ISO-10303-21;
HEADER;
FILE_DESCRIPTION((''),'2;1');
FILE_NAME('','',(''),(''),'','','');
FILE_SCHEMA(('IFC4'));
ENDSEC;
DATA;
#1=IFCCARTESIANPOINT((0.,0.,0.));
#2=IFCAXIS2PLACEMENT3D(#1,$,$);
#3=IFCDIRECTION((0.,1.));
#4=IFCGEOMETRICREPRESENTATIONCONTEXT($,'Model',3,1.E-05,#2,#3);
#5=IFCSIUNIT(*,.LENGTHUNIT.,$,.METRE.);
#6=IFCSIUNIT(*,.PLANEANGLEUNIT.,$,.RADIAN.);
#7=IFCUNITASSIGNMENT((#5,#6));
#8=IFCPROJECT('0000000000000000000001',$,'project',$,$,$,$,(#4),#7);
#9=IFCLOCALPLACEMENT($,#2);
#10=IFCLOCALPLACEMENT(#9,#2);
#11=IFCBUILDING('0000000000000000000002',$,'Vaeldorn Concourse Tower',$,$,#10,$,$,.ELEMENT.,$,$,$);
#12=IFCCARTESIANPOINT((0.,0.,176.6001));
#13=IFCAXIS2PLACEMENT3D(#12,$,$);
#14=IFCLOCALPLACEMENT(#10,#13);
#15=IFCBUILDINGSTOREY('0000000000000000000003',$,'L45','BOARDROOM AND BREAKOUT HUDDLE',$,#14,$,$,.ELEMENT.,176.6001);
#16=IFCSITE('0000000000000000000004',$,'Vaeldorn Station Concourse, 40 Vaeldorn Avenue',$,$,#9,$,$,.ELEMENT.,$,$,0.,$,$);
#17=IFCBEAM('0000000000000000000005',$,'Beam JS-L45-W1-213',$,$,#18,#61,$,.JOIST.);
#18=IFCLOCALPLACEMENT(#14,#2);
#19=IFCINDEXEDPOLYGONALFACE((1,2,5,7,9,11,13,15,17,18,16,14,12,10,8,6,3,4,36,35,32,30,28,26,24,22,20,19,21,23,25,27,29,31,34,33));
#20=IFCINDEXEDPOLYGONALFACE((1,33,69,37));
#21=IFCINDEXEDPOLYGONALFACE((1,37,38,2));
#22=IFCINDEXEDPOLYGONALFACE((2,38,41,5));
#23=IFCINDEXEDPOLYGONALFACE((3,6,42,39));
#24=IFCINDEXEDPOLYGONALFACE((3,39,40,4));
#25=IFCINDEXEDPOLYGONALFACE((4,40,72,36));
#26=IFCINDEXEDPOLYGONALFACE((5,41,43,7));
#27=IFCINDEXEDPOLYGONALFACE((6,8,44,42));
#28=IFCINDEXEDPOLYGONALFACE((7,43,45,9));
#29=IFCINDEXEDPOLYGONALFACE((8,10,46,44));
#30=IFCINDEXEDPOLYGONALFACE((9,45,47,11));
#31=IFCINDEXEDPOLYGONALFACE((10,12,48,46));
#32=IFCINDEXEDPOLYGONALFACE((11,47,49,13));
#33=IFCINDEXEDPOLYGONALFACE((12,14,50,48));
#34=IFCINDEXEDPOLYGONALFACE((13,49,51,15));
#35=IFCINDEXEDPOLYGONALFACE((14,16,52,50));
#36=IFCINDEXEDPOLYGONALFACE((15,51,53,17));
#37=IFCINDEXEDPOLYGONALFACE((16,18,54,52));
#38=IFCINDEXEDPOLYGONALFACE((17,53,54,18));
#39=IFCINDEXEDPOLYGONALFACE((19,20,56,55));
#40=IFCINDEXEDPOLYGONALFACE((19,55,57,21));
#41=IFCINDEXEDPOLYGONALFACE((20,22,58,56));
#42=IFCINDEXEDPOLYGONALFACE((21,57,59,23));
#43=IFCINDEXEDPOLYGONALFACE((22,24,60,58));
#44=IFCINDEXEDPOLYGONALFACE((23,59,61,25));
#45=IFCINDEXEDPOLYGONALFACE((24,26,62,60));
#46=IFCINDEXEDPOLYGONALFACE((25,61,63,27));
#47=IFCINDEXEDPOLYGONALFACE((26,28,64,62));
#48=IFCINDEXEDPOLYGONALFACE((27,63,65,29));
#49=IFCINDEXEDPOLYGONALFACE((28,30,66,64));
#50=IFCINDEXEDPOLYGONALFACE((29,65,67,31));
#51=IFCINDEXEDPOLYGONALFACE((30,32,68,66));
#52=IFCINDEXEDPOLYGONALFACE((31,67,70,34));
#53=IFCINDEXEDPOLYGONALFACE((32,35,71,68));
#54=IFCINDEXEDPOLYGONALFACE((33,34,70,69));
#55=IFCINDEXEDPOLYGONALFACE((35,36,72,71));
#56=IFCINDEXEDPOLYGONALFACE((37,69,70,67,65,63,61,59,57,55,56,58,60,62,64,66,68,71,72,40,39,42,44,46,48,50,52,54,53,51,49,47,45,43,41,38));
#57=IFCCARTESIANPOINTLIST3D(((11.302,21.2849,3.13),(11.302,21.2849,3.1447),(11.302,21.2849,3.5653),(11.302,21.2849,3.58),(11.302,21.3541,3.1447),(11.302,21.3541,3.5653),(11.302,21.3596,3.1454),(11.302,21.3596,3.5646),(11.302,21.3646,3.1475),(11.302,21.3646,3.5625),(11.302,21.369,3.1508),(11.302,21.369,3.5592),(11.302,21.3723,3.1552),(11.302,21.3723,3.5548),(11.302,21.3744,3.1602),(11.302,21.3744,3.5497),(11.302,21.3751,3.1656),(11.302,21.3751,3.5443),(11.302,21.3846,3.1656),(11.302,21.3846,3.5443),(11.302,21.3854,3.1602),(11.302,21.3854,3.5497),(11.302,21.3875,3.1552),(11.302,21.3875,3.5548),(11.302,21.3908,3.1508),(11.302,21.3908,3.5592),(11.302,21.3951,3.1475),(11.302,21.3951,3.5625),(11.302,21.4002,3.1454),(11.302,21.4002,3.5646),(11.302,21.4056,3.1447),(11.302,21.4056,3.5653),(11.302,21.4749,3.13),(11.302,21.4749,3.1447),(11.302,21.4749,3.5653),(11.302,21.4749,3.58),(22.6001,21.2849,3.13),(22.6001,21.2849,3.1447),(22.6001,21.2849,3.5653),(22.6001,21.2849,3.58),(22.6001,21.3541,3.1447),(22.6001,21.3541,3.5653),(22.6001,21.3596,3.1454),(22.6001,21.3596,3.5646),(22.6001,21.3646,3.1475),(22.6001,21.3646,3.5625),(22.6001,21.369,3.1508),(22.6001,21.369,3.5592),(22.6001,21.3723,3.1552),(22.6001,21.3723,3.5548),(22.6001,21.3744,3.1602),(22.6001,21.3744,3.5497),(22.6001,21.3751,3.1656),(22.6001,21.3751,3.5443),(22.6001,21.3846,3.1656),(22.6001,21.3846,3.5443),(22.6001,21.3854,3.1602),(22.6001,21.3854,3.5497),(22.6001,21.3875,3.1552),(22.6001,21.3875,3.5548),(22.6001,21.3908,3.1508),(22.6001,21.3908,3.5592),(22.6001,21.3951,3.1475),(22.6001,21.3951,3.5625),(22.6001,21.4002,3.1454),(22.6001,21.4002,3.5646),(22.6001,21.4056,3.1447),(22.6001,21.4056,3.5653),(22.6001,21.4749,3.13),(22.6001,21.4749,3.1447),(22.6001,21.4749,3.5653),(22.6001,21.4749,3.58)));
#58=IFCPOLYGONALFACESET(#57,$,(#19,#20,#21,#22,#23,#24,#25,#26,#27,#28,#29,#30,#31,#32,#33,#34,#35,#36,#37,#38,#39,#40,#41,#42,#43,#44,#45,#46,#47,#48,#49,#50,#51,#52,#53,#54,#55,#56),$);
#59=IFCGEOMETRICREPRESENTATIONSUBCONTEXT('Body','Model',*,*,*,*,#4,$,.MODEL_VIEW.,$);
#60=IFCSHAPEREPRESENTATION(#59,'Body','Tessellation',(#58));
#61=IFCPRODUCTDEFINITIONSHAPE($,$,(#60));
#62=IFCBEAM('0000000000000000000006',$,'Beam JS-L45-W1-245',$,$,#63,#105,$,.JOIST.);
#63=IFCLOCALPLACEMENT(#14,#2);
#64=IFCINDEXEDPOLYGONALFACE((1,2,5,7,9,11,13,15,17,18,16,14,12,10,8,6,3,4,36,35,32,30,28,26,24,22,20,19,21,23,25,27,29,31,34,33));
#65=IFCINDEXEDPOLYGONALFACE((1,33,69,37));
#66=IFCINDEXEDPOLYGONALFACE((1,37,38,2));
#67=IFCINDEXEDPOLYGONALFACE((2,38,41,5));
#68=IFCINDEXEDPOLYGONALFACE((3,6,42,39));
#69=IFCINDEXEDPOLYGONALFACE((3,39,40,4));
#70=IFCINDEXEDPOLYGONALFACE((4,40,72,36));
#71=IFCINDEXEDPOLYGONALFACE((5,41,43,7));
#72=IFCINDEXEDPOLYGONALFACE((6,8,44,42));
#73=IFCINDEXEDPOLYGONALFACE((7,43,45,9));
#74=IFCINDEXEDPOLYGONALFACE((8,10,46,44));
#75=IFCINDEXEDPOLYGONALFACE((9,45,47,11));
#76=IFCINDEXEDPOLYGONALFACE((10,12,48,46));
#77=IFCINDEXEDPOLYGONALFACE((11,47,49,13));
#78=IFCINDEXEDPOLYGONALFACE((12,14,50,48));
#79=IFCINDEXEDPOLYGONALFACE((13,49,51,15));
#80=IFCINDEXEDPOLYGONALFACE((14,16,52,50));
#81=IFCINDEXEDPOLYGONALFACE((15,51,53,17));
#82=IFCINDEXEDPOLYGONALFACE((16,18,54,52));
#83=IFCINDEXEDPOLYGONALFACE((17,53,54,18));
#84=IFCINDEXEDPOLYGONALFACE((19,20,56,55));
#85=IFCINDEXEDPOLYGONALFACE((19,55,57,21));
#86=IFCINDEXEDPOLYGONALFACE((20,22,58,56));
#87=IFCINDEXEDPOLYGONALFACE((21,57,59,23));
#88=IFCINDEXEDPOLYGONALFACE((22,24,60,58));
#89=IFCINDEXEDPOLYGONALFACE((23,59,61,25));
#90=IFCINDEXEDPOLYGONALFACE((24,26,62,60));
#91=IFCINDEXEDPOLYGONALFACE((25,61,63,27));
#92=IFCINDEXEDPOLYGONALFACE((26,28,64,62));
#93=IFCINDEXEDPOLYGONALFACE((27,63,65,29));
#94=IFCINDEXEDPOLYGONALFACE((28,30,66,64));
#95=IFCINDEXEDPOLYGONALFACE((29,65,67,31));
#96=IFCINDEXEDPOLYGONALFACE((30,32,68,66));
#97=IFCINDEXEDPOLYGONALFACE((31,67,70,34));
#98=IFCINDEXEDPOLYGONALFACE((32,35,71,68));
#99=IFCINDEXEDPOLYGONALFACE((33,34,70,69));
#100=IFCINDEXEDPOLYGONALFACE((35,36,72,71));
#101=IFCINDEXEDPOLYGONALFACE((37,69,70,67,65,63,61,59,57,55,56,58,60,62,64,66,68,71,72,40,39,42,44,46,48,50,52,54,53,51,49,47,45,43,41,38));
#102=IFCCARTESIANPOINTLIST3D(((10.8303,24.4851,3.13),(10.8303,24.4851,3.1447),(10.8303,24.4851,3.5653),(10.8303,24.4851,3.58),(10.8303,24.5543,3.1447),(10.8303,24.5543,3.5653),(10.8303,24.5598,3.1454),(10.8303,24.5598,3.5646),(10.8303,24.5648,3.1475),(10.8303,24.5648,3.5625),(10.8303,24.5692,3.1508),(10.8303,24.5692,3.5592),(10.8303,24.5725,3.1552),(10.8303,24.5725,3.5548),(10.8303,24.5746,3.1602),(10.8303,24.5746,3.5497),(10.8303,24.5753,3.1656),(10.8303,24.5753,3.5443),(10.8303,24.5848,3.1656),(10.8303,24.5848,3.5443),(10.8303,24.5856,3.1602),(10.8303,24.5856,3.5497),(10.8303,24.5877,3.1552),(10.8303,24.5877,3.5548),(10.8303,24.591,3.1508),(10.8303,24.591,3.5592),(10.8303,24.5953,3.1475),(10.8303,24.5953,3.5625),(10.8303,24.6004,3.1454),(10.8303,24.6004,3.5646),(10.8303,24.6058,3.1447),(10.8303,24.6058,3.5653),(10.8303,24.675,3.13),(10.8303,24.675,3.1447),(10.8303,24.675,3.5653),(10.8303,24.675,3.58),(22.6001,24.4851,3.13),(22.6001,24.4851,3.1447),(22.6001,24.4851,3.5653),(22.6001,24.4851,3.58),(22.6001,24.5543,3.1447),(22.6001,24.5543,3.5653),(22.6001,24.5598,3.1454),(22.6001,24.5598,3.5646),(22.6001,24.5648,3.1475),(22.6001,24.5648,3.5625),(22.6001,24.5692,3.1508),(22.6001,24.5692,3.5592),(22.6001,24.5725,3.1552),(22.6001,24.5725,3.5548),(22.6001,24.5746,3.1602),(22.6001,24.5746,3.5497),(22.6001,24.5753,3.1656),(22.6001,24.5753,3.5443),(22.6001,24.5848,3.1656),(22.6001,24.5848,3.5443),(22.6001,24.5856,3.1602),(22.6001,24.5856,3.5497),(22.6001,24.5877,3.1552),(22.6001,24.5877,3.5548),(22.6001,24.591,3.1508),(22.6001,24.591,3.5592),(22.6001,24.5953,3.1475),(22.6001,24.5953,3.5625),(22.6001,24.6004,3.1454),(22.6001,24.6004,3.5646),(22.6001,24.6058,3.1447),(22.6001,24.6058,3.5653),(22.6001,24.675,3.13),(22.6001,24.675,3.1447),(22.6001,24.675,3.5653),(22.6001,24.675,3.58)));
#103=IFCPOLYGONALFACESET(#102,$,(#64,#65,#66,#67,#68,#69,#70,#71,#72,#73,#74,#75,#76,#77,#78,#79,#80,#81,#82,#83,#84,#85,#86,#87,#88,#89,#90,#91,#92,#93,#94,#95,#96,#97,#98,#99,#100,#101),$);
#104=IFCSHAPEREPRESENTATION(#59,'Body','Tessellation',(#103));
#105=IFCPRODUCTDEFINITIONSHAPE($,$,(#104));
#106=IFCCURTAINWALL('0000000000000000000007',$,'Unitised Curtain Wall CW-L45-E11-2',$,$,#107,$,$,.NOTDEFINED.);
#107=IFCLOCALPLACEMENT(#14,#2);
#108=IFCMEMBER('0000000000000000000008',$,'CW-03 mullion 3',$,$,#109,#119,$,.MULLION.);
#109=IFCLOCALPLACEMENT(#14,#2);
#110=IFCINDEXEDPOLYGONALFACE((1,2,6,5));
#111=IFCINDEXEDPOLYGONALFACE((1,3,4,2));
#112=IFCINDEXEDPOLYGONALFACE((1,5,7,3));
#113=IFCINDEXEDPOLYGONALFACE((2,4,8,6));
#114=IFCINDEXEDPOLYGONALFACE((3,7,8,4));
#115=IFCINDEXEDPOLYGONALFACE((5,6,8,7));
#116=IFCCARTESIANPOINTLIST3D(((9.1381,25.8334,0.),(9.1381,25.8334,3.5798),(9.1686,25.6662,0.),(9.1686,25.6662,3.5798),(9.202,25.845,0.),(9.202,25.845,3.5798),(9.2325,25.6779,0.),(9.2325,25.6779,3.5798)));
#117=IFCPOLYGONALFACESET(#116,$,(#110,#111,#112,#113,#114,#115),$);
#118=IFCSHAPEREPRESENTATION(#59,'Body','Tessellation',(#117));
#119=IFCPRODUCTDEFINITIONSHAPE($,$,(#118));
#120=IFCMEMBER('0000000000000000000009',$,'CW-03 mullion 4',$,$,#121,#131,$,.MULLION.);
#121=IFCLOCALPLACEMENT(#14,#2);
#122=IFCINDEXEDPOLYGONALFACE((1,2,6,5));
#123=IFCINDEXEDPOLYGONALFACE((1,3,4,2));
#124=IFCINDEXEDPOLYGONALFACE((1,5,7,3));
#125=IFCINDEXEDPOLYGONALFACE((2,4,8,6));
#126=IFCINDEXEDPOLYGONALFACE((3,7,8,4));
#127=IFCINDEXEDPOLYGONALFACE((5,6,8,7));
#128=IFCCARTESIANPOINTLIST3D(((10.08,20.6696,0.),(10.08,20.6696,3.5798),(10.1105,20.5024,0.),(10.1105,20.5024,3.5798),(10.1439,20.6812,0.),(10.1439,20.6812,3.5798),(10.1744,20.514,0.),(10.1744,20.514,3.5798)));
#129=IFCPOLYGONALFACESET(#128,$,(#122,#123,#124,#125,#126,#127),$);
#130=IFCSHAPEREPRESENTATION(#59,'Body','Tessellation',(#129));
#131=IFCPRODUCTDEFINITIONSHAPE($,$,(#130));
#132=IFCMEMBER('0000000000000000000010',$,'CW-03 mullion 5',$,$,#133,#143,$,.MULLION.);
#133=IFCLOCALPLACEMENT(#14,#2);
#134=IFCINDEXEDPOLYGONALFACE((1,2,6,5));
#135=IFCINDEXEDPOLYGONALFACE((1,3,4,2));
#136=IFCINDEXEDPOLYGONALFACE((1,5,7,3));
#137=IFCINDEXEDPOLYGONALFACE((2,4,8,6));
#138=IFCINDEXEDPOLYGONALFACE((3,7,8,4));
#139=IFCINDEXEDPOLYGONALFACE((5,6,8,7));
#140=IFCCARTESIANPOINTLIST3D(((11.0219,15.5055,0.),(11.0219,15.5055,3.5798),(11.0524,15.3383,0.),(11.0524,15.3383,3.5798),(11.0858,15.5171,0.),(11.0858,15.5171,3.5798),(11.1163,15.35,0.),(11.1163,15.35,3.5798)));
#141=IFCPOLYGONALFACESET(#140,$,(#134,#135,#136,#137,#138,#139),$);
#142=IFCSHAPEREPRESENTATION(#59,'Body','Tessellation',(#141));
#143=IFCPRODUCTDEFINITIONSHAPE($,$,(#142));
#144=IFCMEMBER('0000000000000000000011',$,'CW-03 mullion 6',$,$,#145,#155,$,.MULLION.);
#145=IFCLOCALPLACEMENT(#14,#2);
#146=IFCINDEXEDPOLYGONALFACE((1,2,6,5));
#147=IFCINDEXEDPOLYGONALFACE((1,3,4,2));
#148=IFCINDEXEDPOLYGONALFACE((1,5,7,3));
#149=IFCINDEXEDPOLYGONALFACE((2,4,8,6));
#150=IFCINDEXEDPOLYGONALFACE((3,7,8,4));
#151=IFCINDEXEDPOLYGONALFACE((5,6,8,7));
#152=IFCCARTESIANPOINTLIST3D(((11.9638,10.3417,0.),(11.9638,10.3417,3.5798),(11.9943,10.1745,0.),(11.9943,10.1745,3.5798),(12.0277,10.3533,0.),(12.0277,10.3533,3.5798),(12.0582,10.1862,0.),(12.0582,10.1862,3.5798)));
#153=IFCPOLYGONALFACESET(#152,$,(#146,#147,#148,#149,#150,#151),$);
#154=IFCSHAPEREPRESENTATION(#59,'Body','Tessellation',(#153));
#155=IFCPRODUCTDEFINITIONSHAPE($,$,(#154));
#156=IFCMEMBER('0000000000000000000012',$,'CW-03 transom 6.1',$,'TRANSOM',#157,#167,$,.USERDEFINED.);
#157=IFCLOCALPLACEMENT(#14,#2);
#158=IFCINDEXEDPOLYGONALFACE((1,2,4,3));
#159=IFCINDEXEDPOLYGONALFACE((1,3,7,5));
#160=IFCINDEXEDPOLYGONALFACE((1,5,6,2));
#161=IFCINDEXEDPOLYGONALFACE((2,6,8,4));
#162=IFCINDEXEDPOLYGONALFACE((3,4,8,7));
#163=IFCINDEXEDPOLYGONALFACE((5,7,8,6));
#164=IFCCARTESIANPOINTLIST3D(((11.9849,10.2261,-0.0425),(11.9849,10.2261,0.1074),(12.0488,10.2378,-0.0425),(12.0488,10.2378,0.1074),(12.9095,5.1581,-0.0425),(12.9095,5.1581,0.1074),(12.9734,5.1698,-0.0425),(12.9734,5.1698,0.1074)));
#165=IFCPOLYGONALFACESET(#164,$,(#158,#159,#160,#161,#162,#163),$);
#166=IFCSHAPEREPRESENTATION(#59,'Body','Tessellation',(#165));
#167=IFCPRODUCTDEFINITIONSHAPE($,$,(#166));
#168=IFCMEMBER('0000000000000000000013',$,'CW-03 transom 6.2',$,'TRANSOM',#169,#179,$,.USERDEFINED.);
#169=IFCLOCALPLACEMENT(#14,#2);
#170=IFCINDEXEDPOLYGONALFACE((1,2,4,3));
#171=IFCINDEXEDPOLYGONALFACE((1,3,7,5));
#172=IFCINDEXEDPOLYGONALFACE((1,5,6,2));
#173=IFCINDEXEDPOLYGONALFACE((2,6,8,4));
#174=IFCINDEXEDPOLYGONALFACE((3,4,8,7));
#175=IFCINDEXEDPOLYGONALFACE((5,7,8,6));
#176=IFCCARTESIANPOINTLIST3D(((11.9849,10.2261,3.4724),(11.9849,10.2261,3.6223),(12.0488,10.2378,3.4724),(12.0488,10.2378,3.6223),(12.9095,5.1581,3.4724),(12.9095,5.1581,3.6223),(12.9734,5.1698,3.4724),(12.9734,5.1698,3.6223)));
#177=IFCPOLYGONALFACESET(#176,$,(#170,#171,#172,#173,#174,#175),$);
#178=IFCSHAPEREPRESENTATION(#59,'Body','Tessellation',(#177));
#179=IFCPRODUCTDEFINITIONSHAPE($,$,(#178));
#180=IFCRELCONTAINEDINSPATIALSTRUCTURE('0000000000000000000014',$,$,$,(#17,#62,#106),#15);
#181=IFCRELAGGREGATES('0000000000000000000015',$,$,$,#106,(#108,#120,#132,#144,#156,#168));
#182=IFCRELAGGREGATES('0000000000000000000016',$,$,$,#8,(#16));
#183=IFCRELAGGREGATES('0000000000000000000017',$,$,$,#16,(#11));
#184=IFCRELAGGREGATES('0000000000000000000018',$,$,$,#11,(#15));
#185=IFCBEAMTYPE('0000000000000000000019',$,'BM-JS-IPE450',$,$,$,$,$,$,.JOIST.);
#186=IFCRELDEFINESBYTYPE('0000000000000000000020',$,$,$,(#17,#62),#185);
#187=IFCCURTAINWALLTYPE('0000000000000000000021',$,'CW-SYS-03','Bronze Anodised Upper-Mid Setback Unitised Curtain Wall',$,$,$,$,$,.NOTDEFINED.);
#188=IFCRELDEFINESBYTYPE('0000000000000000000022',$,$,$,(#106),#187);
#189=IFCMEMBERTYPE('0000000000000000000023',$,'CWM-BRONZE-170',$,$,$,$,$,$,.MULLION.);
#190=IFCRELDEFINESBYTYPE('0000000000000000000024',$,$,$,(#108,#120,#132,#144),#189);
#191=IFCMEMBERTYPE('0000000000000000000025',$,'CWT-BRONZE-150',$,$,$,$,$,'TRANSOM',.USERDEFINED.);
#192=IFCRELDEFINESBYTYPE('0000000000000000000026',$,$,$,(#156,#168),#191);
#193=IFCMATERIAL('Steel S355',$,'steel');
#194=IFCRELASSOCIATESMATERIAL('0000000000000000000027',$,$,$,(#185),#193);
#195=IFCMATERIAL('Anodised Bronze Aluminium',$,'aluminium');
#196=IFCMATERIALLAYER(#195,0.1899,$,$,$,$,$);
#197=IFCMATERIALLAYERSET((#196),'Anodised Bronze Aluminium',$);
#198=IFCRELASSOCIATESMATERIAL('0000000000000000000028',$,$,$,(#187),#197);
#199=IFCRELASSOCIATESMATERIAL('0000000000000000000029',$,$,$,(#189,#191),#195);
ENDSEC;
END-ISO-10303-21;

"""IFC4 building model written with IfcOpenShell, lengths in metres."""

from ifc_helpers import new_model, si_unit, direction, frame, origin, origin_2d, place, context, subcontext, project, spatial, rectangle, i_section, extrude, source, transform, mapped, material, layer, layer_set, material_profile, profile_set, type_object, element, aggregate, save


model = new_model("IFC4")

# Units and contexts
model_context = context("Model", 3, precision=1e-05, world=origin(), true_north=direction((0.0, 1.0)))
body_context = subcontext(model_context, "Body", "Model", "MODEL_VIEW")
ifc_project = project(units=[si_unit("LENGTHUNIT", "METRE"), si_unit("PLANEANGLEUNIT", "RADIAN")], contexts=[model_context])

# Site, building, storey
site_placement = place(None, origin())
site = spatial("IfcSite", under=ifc_project, at=site_placement, Name="Vaeldorn Station Concourse, 40 Vaeldorn Avenue", CompositionType="ELEMENT", RefElevation=0.0)
building_placement = place(site_placement, origin())
building = spatial("IfcBuilding", under=site, at=building_placement, Name="Vaeldorn Concourse Tower", CompositionType="ELEMENT")
storey_placement = place(building_placement, frame((0.0, 0.0, 176.6001)))
storey = spatial("IfcBuildingStorey", under=building, at=storey_placement, Name="L45", Description="BOARDROOM AND BREAKOUT HUDDLE", CompositionType="ELEMENT", Elevation=176.6001)

# Shared definitions
ifc_material_1 = material(Name="Steel S355", Category="steel")

# Beams
ifc_material_profile_1 = material_profile(ifc_material_1, i_section(OverallWidth=0.1899, OverallDepth=0.45, WebThickness=0.0095, FlangeThickness=0.0146, FilletRadius=0.021, at=origin_2d()), Name="IPE 450")
ifc_profile_set_1 = profile_set([ifc_material_profile_1], Name="Steel S355")
beam_type_1 = type_object("IfcBeamType", Name="BM-JS-IPE450", PredefinedType="JOIST", material=ifc_profile_set_1)
shared_shape_1 = source(origin(), body_context, "Body", "SweptSolid", [
    extrude(i_section(OverallWidth=0.1899, OverallDepth=0.45, WebThickness=0.0095, FlangeThickness=0.0146, FilletRadius=0.021, at=origin_2d()), origin(), (0.0, 0.0, 1.0), 11.2981),
])
beam_1_placement = place(storey_placement, frame((11.302, 21.3799, 3.355), z_axis=(1.0, 0.0, 0.0), x_axis=(0.0, 1.0, 0.0)))
element("IfcBeam", 1, at=beam_1_placement, inside=storey, type_object=beam_type_1, Name="Beam JS-L45-W1-213", PredefinedType="JOIST", context=body_context, shape_type="MappedRepresentation", body=[
    mapped(shared_shape_1, transform((0.0, 0.0, 0.0), scale=1.0)),
])
shared_shape_2 = source(origin(), body_context, "Body", "SweptSolid", [
    extrude(i_section(OverallWidth=0.1899, OverallDepth=0.45, WebThickness=0.0095, FlangeThickness=0.0146, FilletRadius=0.021, at=origin_2d()), origin(), (0.0, 0.0, 1.0), 11.7698),
])
beam_2_placement = place(storey_placement, frame((10.8303, 24.5801, 3.355), z_axis=(1.0, 0.0, 0.0), x_axis=(0.0, 1.0, 0.0)))
element("IfcBeam", 2, at=beam_2_placement, inside=storey, type_object=beam_type_1, Name="Beam JS-L45-W1-245", PredefinedType="JOIST", context=body_context, shape_type="MappedRepresentation", body=[
    mapped(shared_shape_2, transform((0.0, 0.0, 0.0), scale=1.0)),
])

# Curtain wall, members
ifc_material_2 = material(Name="Anodised Bronze Aluminium", Category="aluminium")
ifc_layer_1 = layer(ifc_material_2, 0.1899)
ifc_layer_set_1 = layer_set([ifc_layer_1], Name="Anodised Bronze Aluminium")
curtain_wall_type = type_object("IfcCurtainWallType", Name="CW-SYS-03", Description="Bronze Anodised Upper-Mid Setback Unitised Curtain Wall", PredefinedType="NOTDEFINED", material=ifc_layer_set_1)
curtain_wall_placement = place(storey_placement, origin())
curtain_wall = element("IfcCurtainWall", 3, at=curtain_wall_placement, inside=storey, type_object=curtain_wall_type, Name="Unitised Curtain Wall CW-L45-E11-2", PredefinedType="NOTDEFINED")
ifc_material_profile_2 = material_profile(ifc_material_2, rectangle(XDim=0.0649, YDim=0.1699, at=origin_2d()), Name="CWM 65x170")
ifc_profile_set_2 = profile_set([ifc_material_profile_2], Name="Anodised Bronze Aluminium")
member_type_1 = type_object("IfcMemberType", Name="CWM-BRONZE-170", PredefinedType="MULLION", material=ifc_profile_set_2)
shared_shape_3 = source(origin(), body_context, "Body", "SweptSolid", [
    extrude(rectangle(XDim=0.0649, YDim=0.1699, at=origin_2d()), origin(), (0.0, 0.0, 1.0), 3.5798),
])
member_1_placement = place(storey_placement, frame((9.1853, 25.7556, 0.0), z_axis=(0.0, 0.0, 1.0), x_axis=(0.983768, 0.179446, 0.0)))
member_1 = element("IfcMember", 4, at=member_1_placement, type_object=member_type_1, Name="CW-03 mullion 3", PredefinedType="MULLION", context=body_context, shape_type="MappedRepresentation", body=[
    mapped(shared_shape_3, transform((0.0, 0.0, 0.0), scale=1.0)),
])
member_2_placement = place(storey_placement, frame((10.1272, 20.5918, 0.0), z_axis=(0.0, 0.0, 1.0), x_axis=(0.983768, 0.179446, 0.0)))
member_2 = element("IfcMember", 5, at=member_2_placement, type_object=member_type_1, Name="CW-03 mullion 4", PredefinedType="MULLION", context=body_context, shape_type="MappedRepresentation", body=[
    mapped(shared_shape_3, transform((0.0, 0.0, 0.0), scale=1.0)),
])
member_3_placement = place(storey_placement, frame((11.0691, 15.4277, 0.0), z_axis=(0.0, 0.0, 1.0), x_axis=(0.983768, 0.179446, 0.0)))
member_3 = element("IfcMember", 6, at=member_3_placement, type_object=member_type_1, Name="CW-03 mullion 5", PredefinedType="MULLION", context=body_context, shape_type="MappedRepresentation", body=[
    mapped(shared_shape_3, transform((0.0, 0.0, 0.0), scale=1.0)),
])
member_4_placement = place(storey_placement, frame((12.011, 10.2639, 0.0), z_axis=(0.0, 0.0, 1.0), x_axis=(0.983768, 0.179446, 0.0)))
member_4 = element("IfcMember", 7, at=member_4_placement, type_object=member_type_1, Name="CW-03 mullion 6", PredefinedType="MULLION", context=body_context, shape_type="MappedRepresentation", body=[
    mapped(shared_shape_3, transform((0.0, 0.0, 0.0), scale=1.0)),
])
ifc_material_profile_3 = material_profile(ifc_material_2, rectangle(XDim=0.0649, YDim=0.1499, at=origin_2d()), Name="CWT 65x150")
ifc_profile_set_3 = profile_set([ifc_material_profile_3], Name="Anodised Bronze Aluminium")
member_type_2 = type_object("IfcMemberType", Name="CWT-BRONZE-150", ElementType="TRANSOM", PredefinedType="USERDEFINED", material=ifc_profile_set_3)
shared_shape_4 = source(origin(), body_context, "Body", "SweptSolid", [
    extrude(rectangle(XDim=0.0649, YDim=0.1499, at=origin_2d()), origin(), (0.0, 0.0, 1.0), 5.1516),
])
member_5_placement = place(storey_placement, frame((12.0168, 10.2319, 0.0325), z_axis=(0.179473, -0.983763, 0.0), x_axis=(0.983763, 0.179473, 0.0)))
member_5 = element("IfcMember", 8, at=member_5_placement, type_object=member_type_2, Name="CW-03 transom 6.1", ObjectType="TRANSOM", PredefinedType="USERDEFINED", context=body_context, shape_type="MappedRepresentation", body=[
    mapped(shared_shape_4, transform((0.0, 0.0, 0.0), scale=1.0)),
])
member_6_placement = place(storey_placement, frame((12.0168, 10.2319, 3.5474), z_axis=(0.179473, -0.983763, 0.0), x_axis=(0.983763, 0.179473, 0.0)))
member_6 = element("IfcMember", 9, at=member_6_placement, type_object=member_type_2, Name="CW-03 transom 6.2", ObjectType="TRANSOM", PredefinedType="USERDEFINED", context=body_context, shape_type="MappedRepresentation", body=[
    mapped(shared_shape_4, transform((0.0, 0.0, 0.0), scale=1.0)),
])
aggregate(curtain_wall, [member_1, member_2, member_3, member_4, member_5, member_6])

save(model, "model.ifc")
